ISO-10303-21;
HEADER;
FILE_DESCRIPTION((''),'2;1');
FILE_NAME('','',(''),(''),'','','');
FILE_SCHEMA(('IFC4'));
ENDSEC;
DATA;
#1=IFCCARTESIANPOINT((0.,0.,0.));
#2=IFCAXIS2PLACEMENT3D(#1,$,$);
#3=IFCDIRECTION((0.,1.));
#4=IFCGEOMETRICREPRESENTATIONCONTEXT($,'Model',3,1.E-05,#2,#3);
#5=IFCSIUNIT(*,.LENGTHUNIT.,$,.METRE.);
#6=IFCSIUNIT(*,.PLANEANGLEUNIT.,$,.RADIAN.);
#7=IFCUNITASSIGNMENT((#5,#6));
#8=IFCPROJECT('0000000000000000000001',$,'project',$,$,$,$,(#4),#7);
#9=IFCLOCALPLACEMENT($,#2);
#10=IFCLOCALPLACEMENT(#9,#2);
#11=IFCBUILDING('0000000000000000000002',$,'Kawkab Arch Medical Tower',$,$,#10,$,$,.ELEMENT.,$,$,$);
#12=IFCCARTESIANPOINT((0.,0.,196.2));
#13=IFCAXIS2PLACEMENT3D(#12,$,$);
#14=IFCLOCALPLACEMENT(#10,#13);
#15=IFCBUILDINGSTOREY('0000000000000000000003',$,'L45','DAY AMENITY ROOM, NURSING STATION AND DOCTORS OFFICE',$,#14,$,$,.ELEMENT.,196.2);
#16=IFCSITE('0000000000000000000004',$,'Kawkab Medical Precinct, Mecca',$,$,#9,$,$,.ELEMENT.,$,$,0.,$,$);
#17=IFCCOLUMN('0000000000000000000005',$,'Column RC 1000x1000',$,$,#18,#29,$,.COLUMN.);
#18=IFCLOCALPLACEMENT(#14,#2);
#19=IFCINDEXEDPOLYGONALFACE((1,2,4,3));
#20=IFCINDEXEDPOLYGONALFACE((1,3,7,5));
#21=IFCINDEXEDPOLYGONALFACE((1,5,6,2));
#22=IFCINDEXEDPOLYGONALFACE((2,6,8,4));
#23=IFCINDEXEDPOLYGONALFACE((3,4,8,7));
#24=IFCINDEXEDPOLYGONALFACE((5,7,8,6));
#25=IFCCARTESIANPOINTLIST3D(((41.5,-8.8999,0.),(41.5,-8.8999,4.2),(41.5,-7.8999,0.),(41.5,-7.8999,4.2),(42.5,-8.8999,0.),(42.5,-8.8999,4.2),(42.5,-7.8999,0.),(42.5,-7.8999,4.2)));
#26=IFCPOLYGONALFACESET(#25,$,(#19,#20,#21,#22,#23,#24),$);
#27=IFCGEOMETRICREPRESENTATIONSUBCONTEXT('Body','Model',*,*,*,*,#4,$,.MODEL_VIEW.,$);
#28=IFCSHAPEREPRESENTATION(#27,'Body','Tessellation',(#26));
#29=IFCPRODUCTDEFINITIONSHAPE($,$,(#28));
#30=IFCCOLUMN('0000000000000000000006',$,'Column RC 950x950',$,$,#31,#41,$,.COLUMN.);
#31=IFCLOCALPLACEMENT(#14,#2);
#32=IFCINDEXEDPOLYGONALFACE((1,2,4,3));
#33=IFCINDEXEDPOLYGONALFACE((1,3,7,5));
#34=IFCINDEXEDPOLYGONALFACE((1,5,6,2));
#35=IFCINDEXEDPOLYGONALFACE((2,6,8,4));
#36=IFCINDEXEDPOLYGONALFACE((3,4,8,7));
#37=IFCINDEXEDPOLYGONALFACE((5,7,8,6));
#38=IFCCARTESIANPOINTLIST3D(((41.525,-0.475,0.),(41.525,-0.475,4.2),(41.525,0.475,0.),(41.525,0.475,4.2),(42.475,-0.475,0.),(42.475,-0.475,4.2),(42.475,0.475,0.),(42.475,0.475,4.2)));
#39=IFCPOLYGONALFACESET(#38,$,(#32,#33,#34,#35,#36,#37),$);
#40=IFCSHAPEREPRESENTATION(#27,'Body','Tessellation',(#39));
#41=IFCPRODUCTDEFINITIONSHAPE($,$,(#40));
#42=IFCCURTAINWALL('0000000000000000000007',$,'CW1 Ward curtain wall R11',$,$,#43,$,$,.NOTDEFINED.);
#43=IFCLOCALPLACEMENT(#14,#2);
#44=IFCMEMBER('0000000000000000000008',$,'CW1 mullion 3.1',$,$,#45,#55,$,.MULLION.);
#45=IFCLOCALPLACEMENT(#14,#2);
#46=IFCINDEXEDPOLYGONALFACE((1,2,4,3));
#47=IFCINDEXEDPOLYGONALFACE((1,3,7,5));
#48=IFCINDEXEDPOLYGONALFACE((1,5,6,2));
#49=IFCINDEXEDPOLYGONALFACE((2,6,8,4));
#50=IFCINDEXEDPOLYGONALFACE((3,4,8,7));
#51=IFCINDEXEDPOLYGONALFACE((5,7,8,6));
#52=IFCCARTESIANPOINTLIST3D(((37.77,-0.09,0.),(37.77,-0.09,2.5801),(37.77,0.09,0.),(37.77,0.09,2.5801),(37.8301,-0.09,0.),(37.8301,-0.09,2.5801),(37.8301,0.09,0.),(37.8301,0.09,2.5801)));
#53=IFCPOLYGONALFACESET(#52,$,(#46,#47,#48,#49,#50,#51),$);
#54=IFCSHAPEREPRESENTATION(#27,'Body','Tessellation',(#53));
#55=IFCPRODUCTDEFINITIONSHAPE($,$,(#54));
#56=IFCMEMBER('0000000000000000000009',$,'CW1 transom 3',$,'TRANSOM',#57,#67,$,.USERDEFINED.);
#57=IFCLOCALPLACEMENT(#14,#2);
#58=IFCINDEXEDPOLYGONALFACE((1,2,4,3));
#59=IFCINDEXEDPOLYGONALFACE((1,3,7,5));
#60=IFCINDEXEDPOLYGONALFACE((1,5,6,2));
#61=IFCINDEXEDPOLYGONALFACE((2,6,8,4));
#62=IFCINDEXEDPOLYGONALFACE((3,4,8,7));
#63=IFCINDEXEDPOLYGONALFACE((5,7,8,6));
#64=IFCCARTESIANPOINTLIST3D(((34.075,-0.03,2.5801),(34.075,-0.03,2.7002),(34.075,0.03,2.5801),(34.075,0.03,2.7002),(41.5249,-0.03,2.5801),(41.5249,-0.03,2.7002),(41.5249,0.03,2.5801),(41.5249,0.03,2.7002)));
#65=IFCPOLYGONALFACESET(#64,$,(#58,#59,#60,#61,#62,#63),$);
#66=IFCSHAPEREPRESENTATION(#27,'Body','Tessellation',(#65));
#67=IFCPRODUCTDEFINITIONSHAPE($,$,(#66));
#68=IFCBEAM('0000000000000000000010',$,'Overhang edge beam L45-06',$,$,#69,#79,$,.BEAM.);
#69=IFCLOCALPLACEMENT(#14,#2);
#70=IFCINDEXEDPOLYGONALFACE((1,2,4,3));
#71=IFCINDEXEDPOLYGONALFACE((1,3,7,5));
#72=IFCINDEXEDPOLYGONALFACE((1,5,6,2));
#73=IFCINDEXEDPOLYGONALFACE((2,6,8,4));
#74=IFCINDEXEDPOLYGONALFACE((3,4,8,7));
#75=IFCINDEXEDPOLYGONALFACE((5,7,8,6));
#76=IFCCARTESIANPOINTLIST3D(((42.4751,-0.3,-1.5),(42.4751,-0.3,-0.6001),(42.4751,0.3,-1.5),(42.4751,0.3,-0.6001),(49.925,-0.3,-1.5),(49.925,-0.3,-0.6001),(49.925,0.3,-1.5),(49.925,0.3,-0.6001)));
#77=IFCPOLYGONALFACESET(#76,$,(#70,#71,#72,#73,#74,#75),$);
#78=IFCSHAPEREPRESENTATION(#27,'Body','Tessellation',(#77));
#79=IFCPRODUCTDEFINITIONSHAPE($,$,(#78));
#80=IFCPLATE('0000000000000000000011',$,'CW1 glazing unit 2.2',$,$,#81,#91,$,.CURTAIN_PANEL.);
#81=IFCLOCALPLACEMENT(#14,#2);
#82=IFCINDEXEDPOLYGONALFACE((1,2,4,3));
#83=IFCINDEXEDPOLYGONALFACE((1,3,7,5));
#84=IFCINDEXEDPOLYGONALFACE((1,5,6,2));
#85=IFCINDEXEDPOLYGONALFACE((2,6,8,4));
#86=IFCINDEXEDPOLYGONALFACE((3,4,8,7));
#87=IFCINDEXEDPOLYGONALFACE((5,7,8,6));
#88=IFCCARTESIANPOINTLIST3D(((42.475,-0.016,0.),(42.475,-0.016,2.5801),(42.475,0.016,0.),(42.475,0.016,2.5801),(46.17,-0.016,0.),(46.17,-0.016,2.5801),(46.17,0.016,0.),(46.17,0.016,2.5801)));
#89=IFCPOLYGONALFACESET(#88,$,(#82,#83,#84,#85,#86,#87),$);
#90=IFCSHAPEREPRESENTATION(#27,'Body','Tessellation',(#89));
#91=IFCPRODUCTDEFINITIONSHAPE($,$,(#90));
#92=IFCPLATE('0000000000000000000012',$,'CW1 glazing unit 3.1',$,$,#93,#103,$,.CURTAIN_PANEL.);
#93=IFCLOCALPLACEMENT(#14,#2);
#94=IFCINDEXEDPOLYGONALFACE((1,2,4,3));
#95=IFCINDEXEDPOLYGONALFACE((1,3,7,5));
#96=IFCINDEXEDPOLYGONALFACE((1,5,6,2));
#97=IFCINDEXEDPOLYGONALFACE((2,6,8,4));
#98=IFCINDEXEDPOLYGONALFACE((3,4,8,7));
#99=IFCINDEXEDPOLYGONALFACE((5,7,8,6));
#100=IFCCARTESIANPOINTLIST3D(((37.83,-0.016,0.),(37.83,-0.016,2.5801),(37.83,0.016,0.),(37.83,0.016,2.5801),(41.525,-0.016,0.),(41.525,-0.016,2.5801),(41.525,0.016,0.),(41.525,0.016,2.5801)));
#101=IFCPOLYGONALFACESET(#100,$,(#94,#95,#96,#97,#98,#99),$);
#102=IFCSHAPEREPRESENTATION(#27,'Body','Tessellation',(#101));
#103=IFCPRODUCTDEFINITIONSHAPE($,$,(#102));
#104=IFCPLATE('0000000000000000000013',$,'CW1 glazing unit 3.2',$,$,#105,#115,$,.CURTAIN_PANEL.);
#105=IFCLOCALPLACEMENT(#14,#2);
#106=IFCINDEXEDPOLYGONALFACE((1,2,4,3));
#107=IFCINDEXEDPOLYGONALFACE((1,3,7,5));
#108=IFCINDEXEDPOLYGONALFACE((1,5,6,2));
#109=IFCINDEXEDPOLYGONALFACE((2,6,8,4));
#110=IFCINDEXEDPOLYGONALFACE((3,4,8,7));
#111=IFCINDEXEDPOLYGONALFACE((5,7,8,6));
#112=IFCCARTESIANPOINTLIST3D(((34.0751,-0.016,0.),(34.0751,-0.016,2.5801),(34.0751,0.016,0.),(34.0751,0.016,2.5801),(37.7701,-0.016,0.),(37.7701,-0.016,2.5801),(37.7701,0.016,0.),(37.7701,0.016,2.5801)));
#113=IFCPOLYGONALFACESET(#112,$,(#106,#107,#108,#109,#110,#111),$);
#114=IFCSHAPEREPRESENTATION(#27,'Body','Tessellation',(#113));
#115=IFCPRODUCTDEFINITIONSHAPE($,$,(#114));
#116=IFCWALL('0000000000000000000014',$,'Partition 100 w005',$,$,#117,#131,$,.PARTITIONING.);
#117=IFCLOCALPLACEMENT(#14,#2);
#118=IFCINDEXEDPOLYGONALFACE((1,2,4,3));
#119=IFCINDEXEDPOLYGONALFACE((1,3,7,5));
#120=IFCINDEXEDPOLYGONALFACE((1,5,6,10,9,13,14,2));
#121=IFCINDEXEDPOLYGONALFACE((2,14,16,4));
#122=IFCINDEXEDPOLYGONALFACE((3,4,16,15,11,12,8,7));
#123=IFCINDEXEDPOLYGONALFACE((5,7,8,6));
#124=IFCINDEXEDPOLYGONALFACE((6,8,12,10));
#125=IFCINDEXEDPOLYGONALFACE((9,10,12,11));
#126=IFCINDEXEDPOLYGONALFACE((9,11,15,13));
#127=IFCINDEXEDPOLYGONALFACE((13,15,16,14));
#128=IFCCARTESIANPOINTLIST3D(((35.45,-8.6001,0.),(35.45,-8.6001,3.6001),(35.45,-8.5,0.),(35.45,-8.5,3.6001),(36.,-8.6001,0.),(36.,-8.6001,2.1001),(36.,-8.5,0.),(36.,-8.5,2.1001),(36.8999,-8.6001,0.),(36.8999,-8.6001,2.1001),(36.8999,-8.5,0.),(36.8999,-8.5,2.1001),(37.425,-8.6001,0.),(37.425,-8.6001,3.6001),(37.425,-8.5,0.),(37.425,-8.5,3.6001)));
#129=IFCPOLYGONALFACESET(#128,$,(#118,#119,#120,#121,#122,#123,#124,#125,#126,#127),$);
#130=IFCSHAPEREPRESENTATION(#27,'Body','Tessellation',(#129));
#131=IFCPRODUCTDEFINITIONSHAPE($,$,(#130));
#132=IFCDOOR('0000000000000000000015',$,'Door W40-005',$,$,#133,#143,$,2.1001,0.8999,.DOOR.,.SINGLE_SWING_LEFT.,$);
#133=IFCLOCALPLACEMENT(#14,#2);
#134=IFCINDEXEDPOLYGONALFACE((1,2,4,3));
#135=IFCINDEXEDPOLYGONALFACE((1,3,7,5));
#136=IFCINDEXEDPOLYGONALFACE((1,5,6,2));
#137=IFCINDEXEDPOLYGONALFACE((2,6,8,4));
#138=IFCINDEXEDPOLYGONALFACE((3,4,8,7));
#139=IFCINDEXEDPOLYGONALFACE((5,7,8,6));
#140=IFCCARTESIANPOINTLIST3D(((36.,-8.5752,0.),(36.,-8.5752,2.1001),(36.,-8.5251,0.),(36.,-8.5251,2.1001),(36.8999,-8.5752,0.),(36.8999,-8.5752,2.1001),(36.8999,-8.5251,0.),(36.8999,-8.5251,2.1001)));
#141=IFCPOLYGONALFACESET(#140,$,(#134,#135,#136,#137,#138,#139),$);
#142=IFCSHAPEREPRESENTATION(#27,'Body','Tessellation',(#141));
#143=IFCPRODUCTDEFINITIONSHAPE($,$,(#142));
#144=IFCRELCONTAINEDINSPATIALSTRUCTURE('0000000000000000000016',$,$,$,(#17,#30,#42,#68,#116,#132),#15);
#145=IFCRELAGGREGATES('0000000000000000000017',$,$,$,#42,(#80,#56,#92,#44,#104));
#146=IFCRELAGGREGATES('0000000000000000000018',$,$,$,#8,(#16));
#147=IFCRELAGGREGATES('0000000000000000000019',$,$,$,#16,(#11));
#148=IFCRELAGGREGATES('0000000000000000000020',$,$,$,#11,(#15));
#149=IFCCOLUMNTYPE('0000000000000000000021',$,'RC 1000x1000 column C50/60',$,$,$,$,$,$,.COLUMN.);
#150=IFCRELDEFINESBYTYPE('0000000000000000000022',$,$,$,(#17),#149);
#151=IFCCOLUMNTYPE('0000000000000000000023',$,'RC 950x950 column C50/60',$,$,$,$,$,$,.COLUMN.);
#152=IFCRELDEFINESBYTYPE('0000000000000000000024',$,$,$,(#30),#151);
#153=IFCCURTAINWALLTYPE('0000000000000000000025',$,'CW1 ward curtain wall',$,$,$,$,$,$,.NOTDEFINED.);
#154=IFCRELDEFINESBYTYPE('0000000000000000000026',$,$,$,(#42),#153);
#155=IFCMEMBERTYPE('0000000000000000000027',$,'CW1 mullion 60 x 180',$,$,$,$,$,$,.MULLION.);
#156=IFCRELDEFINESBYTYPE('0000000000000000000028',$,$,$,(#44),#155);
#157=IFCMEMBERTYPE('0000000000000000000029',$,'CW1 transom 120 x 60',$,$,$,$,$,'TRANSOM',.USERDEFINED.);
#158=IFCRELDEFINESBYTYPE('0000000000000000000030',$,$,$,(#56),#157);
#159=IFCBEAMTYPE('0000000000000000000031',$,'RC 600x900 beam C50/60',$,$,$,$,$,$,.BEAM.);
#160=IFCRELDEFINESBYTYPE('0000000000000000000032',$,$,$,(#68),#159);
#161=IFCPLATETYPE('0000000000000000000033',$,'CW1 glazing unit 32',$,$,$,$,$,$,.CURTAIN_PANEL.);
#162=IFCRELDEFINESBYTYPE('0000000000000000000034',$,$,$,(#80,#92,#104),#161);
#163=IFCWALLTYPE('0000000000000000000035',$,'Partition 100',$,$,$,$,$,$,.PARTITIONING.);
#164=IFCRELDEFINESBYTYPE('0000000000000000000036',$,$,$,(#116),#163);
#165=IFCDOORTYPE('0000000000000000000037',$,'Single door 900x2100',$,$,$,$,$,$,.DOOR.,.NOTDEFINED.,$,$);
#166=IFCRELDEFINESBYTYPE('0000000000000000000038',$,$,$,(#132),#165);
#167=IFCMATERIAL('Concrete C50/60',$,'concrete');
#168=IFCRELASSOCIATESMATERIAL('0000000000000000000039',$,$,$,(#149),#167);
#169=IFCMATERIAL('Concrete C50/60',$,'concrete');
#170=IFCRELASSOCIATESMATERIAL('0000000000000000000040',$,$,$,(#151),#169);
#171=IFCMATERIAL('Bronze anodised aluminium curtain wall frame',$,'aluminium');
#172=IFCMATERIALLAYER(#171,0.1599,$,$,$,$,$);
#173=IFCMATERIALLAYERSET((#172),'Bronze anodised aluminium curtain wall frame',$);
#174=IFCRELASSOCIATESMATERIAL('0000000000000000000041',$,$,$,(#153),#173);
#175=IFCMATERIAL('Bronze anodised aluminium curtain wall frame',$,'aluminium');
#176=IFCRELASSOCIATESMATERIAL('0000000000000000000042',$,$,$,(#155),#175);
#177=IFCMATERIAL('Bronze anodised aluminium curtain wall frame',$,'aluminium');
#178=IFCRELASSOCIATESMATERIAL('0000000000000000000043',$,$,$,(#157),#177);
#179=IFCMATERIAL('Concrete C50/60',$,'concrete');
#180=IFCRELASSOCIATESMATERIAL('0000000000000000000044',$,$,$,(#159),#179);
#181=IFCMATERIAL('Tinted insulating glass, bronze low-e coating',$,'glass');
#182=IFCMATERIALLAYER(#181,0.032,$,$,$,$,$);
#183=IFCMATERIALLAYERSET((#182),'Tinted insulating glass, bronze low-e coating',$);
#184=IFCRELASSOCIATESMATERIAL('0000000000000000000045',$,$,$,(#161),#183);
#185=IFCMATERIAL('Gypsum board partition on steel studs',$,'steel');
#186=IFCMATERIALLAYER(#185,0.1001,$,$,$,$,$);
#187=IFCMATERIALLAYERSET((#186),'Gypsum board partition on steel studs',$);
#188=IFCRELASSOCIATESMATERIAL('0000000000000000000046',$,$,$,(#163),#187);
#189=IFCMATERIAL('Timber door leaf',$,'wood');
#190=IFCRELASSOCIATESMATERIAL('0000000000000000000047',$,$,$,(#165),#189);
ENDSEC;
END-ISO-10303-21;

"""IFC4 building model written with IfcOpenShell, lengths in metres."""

from ifc_helpers import new_model, si_unit, direction, frame, frame_2d, origin, origin_2d, place, context, subcontext, project, spatial, rectangle, extrude, material, layer, layer_set, material_profile, profile_set, type_object, element, fill, aggregate, save


model = new_model("IFC4")

# Units and contexts
model_context = context("Model", 3, precision=1e-05, world=origin(), true_north=direction((0.0, 1.0)))
body_context = subcontext(model_context, "Body", "Model", "MODEL_VIEW")
ifc_project = project(units=[si_unit("LENGTHUNIT", "METRE"), si_unit("PLANEANGLEUNIT", "RADIAN")], contexts=[model_context])

# Site, building, storey
site_placement = place(None, origin())
site = spatial("IfcSite", under=ifc_project, at=site_placement, Name="Kawkab Medical Precinct, Mecca", CompositionType="ELEMENT", RefElevation=0.0)
building_placement = place(site_placement, origin())
building = spatial("IfcBuilding", under=site, at=building_placement, Name="Kawkab Arch Medical Tower", CompositionType="ELEMENT")
storey_placement = place(building_placement, frame((0.0, 0.0, 196.2)))
storey = spatial("IfcBuildingStorey", under=building, at=storey_placement, Name="L45", Description="DAY AMENITY ROOM, NURSING STATION AND DOCTORS OFFICE", CompositionType="ELEMENT", Elevation=196.2)

# Columns
ifc_material_1 = material(Name="Concrete C50/60", Category="concrete")
ifc_material_profile_1 = material_profile(ifc_material_1, rectangle(XDim=1.0, YDim=1.0, at=origin_2d()), Name="RC 1000x1000")
ifc_profile_set_1 = profile_set([ifc_material_profile_1], Name="Concrete C50/60")
column_type_1 = type_object("IfcColumnType", Name="RC 1000x1000 column C50/60", PredefinedType="COLUMN", material=ifc_profile_set_1)
column_1_placement = place(storey_placement, frame((42.0, -8.3999, 0.0), z_axis=(0.0, 0.0, 1.0), x_axis=(1.0, 0.0, 0.0)))
element("IfcColumn", 1, at=column_1_placement, inside=storey, type_object=column_type_1, Name="Column RC 1000x1000", PredefinedType="COLUMN", context=body_context, shape_type="SweptSolid", body=[
    extrude(rectangle(XDim=1.0, YDim=1.0, at=origin_2d()), origin(), (0.0, 0.0, 1.0), 4.2),
])
ifc_material_2 = material(Name="Concrete C50/60", Category="concrete")
ifc_material_profile_2 = material_profile(ifc_material_2, rectangle(XDim=0.95, YDim=0.95, at=origin_2d()), Name="RC 950x950")
ifc_profile_set_2 = profile_set([ifc_material_profile_2], Name="Concrete C50/60")
column_type_2 = type_object("IfcColumnType", Name="RC 950x950 column C50/60", PredefinedType="COLUMN", material=ifc_profile_set_2)
column_2_placement = place(storey_placement, frame((42.0, 0.0, 0.0), z_axis=(0.0, 0.0, 1.0), x_axis=(1.0, 0.0, 0.0)))
element("IfcColumn", 2, at=column_2_placement, inside=storey, type_object=column_type_2, Name="Column RC 950x950", PredefinedType="COLUMN", context=body_context, shape_type="SweptSolid", body=[
    extrude(rectangle(XDim=0.95, YDim=0.95, at=origin_2d()), origin(), (0.0, 0.0, 1.0), 4.2),
])

# Curtain wall, members
ifc_material_3 = material(Name="Bronze anodised aluminium curtain wall frame", Category="aluminium")
ifc_layer_1 = layer(ifc_material_3, 0.1599)
ifc_layer_set_1 = layer_set([ifc_layer_1], Name="Bronze anodised aluminium curtain wall frame")
curtain_wall_type = type_object("IfcCurtainWallType", Name="CW1 ward curtain wall", PredefinedType="NOTDEFINED", material=ifc_layer_set_1)
placement = place(storey_placement, origin())
curtain_wall = element("IfcCurtainWall", 3, at=placement, inside=storey, type_object=curtain_wall_type, Name="CW1 Ward curtain wall R11", PredefinedType="NOTDEFINED")
ifc_material_4 = material(Name="Bronze anodised aluminium curtain wall frame", Category="aluminium")
ifc_material_profile_3 = material_profile(ifc_material_4, rectangle(XDim=0.1799, YDim=0.0601, at=origin_2d()), Name="AL 60x180")
ifc_profile_set_3 = profile_set([ifc_material_profile_3], Name="Bronze anodised aluminium curtain wall frame")
member_type_1 = type_object("IfcMemberType", Name="CW1 mullion 60 x 180", PredefinedType="MULLION", material=ifc_profile_set_3)
member_1_placement = place(storey_placement, frame((37.8, 0.0, 0.0), z_axis=(0.0, 0.0, 1.0), x_axis=(0.0, -1.0, 0.0)))
member_1 = element("IfcMember", 4, at=member_1_placement, type_object=member_type_1, Name="CW1 mullion 3.1", PredefinedType="MULLION", context=body_context, shape_type="SweptSolid", body=[
    extrude(rectangle(XDim=0.1799, YDim=0.0601, at=origin_2d()), origin(), (0.0, 0.0, 1.0), 2.5801),
])
ifc_material_5 = material(Name="Bronze anodised aluminium curtain wall frame", Category="aluminium")
ifc_material_profile_4 = material_profile(ifc_material_5, rectangle(XDim=0.0601, YDim=0.1201, at=origin_2d()), Name="AL 60x120")
ifc_profile_set_4 = profile_set([ifc_material_profile_4], Name="Bronze anodised aluminium curtain wall frame")
member_type_2 = type_object("IfcMemberType", Name="CW1 transom 120 x 60", ElementType="TRANSOM", PredefinedType="USERDEFINED", material=ifc_profile_set_4)
member_2_placement = place(storey_placement, frame((41.5249, 0.0, 2.6401), z_axis=(-1.0, 0.0, 0.0), x_axis=(0.0, -1.0, 0.0)))
member_2 = element("IfcMember", 5, at=member_2_placement, type_object=member_type_2, Name="CW1 transom 3", ObjectType="TRANSOM", PredefinedType="USERDEFINED", context=body_context, shape_type="SweptSolid", body=[
    extrude(rectangle(XDim=0.0601, YDim=0.1201, at=origin_2d()), origin(), (0.0, 0.0, 1.0), 7.45),
])

# Beam
ifc_material_6 = material(Name="Concrete C50/60", Category="concrete")
ifc_material_profile_5 = material_profile(ifc_material_6, rectangle(XDim=0.6001, YDim=0.8999, at=origin_2d()), Name="RC 600x900")
ifc_profile_set_5 = profile_set([ifc_material_profile_5], Name="Concrete C50/60")
beam_type = type_object("IfcBeamType", Name="RC 600x900 beam C50/60", PredefinedType="BEAM", material=ifc_profile_set_5)
beam_placement = place(storey_placement, frame((42.4751, 0.0, -1.05), z_axis=(1.0, 0.0, 0.0), x_axis=(0.0, 1.0, 0.0)))
element("IfcBeam", 6, at=beam_placement, inside=storey, type_object=beam_type, Name="Overhang edge beam L45-06", PredefinedType="BEAM", context=body_context, shape_type="SweptSolid", body=[
    extrude(rectangle(XDim=0.6001, YDim=0.8999, at=origin_2d()), origin(), (0.0, 0.0, 1.0), 7.45),
])

# Plates
ifc_material_7 = material(Name="Tinted insulating glass, bronze low-e coating", Category="glass")
ifc_layer_2 = layer(ifc_material_7, 0.032)
ifc_layer_set_2 = layer_set([ifc_layer_2], Name="Tinted insulating glass, bronze low-e coating")
plate_type = type_object("IfcPlateType", Name="CW1 glazing unit 32", PredefinedType="CURTAIN_PANEL", material=ifc_layer_set_2)
plate_1_placement = place(storey_placement, frame((44.3225, 0.0, 0.0), z_axis=(0.0, 0.0, 1.0), x_axis=(-1.0, 0.0, 0.0)))
plate_1 = element("IfcPlate", 7, at=plate_1_placement, type_object=plate_type, Name="CW1 glazing unit 2.2", PredefinedType="CURTAIN_PANEL", context=body_context, shape_type="SweptSolid", body=[
    extrude(rectangle(XDim=3.6951, YDim=0.032, at=origin_2d()), origin(), (0.0, 0.0, 1.0), 2.5801),
])
plate_2_placement = place(storey_placement, frame((39.6775, 0.0, 0.0), z_axis=(0.0, 0.0, 1.0), x_axis=(-1.0, 0.0, 0.0)))
plate_2 = element("IfcPlate", 8, at=plate_2_placement, type_object=plate_type, Name="CW1 glazing unit 3.1", PredefinedType="CURTAIN_PANEL", context=body_context, shape_type="SweptSolid", body=[
    extrude(rectangle(XDim=3.6951, YDim=0.032, at=origin_2d()), origin(), (0.0, 0.0, 1.0), 2.5801),
])
plate_3_placement = place(storey_placement, frame((35.9226, 0.0, 0.0), z_axis=(0.0, 0.0, 1.0), x_axis=(-1.0, 0.0, 0.0)))
plate_3 = element("IfcPlate", 9, at=plate_3_placement, type_object=plate_type, Name="CW1 glazing unit 3.2", PredefinedType="CURTAIN_PANEL", context=body_context, shape_type="SweptSolid", body=[
    extrude(rectangle(XDim=3.6951, YDim=0.032, at=origin_2d()), origin(), (0.0, 0.0, 1.0), 2.5801),
])
aggregate(curtain_wall, [plate_1, member_2, plate_2, member_1, plate_3])

# Wall, opening, door
ifc_material_8 = material(Name="Gypsum board partition on steel studs", Category="steel")
ifc_layer_3 = layer(ifc_material_8, 0.1001)
ifc_layer_set_3 = layer_set([ifc_layer_3], Name="Gypsum board partition on steel studs")
wall_type_1 = type_object("IfcWallType", Name="Partition 100", PredefinedType="PARTITIONING", material=ifc_layer_set_3)
wall_1_placement = place(storey_placement, frame((35.45, -8.55, 0.0), z_axis=(0.0, 0.0, 1.0), x_axis=(1.0, 0.0, 0.0)))
wall_1 = element("IfcWall", 10, at=wall_1_placement, inside=storey, type_object=wall_type_1, Name="Partition 100 w005", PredefinedType="PARTITIONING", context=body_context, shape_type="SweptSolid", body=[
    extrude(rectangle(XDim=1.9751, YDim=0.1001, at=frame_2d((0.9875, 0.0))), origin(), (0.0, 0.0, 1.0), 3.6001),
])
opening_1_placement = place(wall_1_placement, frame((0.55, 0.0, 0.0)))
opening_1 = element("IfcOpeningElement", 11, at=opening_1_placement, cuts=wall_1, PredefinedType="OPENING", context=body_context, shape_type="SweptSolid", body=[
    extrude(rectangle(XDim=0.8999, YDim=2.1001, at=frame_2d((0.45, 1.05))), frame((0.0, 0.0601, 0.0), z_axis=(0.0, -1.0, 0.0), x_axis=(1.0, 0.0, 0.0)), (0.0, 0.0, 1.0), 0.1201),
])
ifc_material_9 = material(Name="Timber door leaf", Category="wood")
door_type_1 = type_object("IfcDoorType", Name="Single door 900x2100", OperationType="NOTDEFINED", PredefinedType="DOOR", material=ifc_material_9)
door_1_placement = place(opening_1_placement, origin())
door_1 = element("IfcDoor", 12, at=door_1_placement, inside=storey, type_object=door_type_1, Name="Door W40-005", OperationType="SINGLE_SWING_LEFT", OverallHeight=2.1001, OverallWidth=0.8999, PredefinedType="DOOR", context=body_context, shape_type="SweptSolid", body=[
    extrude(rectangle(XDim=0.8999, YDim=2.1001, at=frame_2d((0.45, 1.05))), frame((0.0, 0.0249, 0.0), z_axis=(0.0, -1.0, 0.0), x_axis=(1.0, 0.0, 0.0)), (0.0, 0.0, 1.0), 0.05),
])
fill(opening_1, door_1)

save(model, "model.ifc")
